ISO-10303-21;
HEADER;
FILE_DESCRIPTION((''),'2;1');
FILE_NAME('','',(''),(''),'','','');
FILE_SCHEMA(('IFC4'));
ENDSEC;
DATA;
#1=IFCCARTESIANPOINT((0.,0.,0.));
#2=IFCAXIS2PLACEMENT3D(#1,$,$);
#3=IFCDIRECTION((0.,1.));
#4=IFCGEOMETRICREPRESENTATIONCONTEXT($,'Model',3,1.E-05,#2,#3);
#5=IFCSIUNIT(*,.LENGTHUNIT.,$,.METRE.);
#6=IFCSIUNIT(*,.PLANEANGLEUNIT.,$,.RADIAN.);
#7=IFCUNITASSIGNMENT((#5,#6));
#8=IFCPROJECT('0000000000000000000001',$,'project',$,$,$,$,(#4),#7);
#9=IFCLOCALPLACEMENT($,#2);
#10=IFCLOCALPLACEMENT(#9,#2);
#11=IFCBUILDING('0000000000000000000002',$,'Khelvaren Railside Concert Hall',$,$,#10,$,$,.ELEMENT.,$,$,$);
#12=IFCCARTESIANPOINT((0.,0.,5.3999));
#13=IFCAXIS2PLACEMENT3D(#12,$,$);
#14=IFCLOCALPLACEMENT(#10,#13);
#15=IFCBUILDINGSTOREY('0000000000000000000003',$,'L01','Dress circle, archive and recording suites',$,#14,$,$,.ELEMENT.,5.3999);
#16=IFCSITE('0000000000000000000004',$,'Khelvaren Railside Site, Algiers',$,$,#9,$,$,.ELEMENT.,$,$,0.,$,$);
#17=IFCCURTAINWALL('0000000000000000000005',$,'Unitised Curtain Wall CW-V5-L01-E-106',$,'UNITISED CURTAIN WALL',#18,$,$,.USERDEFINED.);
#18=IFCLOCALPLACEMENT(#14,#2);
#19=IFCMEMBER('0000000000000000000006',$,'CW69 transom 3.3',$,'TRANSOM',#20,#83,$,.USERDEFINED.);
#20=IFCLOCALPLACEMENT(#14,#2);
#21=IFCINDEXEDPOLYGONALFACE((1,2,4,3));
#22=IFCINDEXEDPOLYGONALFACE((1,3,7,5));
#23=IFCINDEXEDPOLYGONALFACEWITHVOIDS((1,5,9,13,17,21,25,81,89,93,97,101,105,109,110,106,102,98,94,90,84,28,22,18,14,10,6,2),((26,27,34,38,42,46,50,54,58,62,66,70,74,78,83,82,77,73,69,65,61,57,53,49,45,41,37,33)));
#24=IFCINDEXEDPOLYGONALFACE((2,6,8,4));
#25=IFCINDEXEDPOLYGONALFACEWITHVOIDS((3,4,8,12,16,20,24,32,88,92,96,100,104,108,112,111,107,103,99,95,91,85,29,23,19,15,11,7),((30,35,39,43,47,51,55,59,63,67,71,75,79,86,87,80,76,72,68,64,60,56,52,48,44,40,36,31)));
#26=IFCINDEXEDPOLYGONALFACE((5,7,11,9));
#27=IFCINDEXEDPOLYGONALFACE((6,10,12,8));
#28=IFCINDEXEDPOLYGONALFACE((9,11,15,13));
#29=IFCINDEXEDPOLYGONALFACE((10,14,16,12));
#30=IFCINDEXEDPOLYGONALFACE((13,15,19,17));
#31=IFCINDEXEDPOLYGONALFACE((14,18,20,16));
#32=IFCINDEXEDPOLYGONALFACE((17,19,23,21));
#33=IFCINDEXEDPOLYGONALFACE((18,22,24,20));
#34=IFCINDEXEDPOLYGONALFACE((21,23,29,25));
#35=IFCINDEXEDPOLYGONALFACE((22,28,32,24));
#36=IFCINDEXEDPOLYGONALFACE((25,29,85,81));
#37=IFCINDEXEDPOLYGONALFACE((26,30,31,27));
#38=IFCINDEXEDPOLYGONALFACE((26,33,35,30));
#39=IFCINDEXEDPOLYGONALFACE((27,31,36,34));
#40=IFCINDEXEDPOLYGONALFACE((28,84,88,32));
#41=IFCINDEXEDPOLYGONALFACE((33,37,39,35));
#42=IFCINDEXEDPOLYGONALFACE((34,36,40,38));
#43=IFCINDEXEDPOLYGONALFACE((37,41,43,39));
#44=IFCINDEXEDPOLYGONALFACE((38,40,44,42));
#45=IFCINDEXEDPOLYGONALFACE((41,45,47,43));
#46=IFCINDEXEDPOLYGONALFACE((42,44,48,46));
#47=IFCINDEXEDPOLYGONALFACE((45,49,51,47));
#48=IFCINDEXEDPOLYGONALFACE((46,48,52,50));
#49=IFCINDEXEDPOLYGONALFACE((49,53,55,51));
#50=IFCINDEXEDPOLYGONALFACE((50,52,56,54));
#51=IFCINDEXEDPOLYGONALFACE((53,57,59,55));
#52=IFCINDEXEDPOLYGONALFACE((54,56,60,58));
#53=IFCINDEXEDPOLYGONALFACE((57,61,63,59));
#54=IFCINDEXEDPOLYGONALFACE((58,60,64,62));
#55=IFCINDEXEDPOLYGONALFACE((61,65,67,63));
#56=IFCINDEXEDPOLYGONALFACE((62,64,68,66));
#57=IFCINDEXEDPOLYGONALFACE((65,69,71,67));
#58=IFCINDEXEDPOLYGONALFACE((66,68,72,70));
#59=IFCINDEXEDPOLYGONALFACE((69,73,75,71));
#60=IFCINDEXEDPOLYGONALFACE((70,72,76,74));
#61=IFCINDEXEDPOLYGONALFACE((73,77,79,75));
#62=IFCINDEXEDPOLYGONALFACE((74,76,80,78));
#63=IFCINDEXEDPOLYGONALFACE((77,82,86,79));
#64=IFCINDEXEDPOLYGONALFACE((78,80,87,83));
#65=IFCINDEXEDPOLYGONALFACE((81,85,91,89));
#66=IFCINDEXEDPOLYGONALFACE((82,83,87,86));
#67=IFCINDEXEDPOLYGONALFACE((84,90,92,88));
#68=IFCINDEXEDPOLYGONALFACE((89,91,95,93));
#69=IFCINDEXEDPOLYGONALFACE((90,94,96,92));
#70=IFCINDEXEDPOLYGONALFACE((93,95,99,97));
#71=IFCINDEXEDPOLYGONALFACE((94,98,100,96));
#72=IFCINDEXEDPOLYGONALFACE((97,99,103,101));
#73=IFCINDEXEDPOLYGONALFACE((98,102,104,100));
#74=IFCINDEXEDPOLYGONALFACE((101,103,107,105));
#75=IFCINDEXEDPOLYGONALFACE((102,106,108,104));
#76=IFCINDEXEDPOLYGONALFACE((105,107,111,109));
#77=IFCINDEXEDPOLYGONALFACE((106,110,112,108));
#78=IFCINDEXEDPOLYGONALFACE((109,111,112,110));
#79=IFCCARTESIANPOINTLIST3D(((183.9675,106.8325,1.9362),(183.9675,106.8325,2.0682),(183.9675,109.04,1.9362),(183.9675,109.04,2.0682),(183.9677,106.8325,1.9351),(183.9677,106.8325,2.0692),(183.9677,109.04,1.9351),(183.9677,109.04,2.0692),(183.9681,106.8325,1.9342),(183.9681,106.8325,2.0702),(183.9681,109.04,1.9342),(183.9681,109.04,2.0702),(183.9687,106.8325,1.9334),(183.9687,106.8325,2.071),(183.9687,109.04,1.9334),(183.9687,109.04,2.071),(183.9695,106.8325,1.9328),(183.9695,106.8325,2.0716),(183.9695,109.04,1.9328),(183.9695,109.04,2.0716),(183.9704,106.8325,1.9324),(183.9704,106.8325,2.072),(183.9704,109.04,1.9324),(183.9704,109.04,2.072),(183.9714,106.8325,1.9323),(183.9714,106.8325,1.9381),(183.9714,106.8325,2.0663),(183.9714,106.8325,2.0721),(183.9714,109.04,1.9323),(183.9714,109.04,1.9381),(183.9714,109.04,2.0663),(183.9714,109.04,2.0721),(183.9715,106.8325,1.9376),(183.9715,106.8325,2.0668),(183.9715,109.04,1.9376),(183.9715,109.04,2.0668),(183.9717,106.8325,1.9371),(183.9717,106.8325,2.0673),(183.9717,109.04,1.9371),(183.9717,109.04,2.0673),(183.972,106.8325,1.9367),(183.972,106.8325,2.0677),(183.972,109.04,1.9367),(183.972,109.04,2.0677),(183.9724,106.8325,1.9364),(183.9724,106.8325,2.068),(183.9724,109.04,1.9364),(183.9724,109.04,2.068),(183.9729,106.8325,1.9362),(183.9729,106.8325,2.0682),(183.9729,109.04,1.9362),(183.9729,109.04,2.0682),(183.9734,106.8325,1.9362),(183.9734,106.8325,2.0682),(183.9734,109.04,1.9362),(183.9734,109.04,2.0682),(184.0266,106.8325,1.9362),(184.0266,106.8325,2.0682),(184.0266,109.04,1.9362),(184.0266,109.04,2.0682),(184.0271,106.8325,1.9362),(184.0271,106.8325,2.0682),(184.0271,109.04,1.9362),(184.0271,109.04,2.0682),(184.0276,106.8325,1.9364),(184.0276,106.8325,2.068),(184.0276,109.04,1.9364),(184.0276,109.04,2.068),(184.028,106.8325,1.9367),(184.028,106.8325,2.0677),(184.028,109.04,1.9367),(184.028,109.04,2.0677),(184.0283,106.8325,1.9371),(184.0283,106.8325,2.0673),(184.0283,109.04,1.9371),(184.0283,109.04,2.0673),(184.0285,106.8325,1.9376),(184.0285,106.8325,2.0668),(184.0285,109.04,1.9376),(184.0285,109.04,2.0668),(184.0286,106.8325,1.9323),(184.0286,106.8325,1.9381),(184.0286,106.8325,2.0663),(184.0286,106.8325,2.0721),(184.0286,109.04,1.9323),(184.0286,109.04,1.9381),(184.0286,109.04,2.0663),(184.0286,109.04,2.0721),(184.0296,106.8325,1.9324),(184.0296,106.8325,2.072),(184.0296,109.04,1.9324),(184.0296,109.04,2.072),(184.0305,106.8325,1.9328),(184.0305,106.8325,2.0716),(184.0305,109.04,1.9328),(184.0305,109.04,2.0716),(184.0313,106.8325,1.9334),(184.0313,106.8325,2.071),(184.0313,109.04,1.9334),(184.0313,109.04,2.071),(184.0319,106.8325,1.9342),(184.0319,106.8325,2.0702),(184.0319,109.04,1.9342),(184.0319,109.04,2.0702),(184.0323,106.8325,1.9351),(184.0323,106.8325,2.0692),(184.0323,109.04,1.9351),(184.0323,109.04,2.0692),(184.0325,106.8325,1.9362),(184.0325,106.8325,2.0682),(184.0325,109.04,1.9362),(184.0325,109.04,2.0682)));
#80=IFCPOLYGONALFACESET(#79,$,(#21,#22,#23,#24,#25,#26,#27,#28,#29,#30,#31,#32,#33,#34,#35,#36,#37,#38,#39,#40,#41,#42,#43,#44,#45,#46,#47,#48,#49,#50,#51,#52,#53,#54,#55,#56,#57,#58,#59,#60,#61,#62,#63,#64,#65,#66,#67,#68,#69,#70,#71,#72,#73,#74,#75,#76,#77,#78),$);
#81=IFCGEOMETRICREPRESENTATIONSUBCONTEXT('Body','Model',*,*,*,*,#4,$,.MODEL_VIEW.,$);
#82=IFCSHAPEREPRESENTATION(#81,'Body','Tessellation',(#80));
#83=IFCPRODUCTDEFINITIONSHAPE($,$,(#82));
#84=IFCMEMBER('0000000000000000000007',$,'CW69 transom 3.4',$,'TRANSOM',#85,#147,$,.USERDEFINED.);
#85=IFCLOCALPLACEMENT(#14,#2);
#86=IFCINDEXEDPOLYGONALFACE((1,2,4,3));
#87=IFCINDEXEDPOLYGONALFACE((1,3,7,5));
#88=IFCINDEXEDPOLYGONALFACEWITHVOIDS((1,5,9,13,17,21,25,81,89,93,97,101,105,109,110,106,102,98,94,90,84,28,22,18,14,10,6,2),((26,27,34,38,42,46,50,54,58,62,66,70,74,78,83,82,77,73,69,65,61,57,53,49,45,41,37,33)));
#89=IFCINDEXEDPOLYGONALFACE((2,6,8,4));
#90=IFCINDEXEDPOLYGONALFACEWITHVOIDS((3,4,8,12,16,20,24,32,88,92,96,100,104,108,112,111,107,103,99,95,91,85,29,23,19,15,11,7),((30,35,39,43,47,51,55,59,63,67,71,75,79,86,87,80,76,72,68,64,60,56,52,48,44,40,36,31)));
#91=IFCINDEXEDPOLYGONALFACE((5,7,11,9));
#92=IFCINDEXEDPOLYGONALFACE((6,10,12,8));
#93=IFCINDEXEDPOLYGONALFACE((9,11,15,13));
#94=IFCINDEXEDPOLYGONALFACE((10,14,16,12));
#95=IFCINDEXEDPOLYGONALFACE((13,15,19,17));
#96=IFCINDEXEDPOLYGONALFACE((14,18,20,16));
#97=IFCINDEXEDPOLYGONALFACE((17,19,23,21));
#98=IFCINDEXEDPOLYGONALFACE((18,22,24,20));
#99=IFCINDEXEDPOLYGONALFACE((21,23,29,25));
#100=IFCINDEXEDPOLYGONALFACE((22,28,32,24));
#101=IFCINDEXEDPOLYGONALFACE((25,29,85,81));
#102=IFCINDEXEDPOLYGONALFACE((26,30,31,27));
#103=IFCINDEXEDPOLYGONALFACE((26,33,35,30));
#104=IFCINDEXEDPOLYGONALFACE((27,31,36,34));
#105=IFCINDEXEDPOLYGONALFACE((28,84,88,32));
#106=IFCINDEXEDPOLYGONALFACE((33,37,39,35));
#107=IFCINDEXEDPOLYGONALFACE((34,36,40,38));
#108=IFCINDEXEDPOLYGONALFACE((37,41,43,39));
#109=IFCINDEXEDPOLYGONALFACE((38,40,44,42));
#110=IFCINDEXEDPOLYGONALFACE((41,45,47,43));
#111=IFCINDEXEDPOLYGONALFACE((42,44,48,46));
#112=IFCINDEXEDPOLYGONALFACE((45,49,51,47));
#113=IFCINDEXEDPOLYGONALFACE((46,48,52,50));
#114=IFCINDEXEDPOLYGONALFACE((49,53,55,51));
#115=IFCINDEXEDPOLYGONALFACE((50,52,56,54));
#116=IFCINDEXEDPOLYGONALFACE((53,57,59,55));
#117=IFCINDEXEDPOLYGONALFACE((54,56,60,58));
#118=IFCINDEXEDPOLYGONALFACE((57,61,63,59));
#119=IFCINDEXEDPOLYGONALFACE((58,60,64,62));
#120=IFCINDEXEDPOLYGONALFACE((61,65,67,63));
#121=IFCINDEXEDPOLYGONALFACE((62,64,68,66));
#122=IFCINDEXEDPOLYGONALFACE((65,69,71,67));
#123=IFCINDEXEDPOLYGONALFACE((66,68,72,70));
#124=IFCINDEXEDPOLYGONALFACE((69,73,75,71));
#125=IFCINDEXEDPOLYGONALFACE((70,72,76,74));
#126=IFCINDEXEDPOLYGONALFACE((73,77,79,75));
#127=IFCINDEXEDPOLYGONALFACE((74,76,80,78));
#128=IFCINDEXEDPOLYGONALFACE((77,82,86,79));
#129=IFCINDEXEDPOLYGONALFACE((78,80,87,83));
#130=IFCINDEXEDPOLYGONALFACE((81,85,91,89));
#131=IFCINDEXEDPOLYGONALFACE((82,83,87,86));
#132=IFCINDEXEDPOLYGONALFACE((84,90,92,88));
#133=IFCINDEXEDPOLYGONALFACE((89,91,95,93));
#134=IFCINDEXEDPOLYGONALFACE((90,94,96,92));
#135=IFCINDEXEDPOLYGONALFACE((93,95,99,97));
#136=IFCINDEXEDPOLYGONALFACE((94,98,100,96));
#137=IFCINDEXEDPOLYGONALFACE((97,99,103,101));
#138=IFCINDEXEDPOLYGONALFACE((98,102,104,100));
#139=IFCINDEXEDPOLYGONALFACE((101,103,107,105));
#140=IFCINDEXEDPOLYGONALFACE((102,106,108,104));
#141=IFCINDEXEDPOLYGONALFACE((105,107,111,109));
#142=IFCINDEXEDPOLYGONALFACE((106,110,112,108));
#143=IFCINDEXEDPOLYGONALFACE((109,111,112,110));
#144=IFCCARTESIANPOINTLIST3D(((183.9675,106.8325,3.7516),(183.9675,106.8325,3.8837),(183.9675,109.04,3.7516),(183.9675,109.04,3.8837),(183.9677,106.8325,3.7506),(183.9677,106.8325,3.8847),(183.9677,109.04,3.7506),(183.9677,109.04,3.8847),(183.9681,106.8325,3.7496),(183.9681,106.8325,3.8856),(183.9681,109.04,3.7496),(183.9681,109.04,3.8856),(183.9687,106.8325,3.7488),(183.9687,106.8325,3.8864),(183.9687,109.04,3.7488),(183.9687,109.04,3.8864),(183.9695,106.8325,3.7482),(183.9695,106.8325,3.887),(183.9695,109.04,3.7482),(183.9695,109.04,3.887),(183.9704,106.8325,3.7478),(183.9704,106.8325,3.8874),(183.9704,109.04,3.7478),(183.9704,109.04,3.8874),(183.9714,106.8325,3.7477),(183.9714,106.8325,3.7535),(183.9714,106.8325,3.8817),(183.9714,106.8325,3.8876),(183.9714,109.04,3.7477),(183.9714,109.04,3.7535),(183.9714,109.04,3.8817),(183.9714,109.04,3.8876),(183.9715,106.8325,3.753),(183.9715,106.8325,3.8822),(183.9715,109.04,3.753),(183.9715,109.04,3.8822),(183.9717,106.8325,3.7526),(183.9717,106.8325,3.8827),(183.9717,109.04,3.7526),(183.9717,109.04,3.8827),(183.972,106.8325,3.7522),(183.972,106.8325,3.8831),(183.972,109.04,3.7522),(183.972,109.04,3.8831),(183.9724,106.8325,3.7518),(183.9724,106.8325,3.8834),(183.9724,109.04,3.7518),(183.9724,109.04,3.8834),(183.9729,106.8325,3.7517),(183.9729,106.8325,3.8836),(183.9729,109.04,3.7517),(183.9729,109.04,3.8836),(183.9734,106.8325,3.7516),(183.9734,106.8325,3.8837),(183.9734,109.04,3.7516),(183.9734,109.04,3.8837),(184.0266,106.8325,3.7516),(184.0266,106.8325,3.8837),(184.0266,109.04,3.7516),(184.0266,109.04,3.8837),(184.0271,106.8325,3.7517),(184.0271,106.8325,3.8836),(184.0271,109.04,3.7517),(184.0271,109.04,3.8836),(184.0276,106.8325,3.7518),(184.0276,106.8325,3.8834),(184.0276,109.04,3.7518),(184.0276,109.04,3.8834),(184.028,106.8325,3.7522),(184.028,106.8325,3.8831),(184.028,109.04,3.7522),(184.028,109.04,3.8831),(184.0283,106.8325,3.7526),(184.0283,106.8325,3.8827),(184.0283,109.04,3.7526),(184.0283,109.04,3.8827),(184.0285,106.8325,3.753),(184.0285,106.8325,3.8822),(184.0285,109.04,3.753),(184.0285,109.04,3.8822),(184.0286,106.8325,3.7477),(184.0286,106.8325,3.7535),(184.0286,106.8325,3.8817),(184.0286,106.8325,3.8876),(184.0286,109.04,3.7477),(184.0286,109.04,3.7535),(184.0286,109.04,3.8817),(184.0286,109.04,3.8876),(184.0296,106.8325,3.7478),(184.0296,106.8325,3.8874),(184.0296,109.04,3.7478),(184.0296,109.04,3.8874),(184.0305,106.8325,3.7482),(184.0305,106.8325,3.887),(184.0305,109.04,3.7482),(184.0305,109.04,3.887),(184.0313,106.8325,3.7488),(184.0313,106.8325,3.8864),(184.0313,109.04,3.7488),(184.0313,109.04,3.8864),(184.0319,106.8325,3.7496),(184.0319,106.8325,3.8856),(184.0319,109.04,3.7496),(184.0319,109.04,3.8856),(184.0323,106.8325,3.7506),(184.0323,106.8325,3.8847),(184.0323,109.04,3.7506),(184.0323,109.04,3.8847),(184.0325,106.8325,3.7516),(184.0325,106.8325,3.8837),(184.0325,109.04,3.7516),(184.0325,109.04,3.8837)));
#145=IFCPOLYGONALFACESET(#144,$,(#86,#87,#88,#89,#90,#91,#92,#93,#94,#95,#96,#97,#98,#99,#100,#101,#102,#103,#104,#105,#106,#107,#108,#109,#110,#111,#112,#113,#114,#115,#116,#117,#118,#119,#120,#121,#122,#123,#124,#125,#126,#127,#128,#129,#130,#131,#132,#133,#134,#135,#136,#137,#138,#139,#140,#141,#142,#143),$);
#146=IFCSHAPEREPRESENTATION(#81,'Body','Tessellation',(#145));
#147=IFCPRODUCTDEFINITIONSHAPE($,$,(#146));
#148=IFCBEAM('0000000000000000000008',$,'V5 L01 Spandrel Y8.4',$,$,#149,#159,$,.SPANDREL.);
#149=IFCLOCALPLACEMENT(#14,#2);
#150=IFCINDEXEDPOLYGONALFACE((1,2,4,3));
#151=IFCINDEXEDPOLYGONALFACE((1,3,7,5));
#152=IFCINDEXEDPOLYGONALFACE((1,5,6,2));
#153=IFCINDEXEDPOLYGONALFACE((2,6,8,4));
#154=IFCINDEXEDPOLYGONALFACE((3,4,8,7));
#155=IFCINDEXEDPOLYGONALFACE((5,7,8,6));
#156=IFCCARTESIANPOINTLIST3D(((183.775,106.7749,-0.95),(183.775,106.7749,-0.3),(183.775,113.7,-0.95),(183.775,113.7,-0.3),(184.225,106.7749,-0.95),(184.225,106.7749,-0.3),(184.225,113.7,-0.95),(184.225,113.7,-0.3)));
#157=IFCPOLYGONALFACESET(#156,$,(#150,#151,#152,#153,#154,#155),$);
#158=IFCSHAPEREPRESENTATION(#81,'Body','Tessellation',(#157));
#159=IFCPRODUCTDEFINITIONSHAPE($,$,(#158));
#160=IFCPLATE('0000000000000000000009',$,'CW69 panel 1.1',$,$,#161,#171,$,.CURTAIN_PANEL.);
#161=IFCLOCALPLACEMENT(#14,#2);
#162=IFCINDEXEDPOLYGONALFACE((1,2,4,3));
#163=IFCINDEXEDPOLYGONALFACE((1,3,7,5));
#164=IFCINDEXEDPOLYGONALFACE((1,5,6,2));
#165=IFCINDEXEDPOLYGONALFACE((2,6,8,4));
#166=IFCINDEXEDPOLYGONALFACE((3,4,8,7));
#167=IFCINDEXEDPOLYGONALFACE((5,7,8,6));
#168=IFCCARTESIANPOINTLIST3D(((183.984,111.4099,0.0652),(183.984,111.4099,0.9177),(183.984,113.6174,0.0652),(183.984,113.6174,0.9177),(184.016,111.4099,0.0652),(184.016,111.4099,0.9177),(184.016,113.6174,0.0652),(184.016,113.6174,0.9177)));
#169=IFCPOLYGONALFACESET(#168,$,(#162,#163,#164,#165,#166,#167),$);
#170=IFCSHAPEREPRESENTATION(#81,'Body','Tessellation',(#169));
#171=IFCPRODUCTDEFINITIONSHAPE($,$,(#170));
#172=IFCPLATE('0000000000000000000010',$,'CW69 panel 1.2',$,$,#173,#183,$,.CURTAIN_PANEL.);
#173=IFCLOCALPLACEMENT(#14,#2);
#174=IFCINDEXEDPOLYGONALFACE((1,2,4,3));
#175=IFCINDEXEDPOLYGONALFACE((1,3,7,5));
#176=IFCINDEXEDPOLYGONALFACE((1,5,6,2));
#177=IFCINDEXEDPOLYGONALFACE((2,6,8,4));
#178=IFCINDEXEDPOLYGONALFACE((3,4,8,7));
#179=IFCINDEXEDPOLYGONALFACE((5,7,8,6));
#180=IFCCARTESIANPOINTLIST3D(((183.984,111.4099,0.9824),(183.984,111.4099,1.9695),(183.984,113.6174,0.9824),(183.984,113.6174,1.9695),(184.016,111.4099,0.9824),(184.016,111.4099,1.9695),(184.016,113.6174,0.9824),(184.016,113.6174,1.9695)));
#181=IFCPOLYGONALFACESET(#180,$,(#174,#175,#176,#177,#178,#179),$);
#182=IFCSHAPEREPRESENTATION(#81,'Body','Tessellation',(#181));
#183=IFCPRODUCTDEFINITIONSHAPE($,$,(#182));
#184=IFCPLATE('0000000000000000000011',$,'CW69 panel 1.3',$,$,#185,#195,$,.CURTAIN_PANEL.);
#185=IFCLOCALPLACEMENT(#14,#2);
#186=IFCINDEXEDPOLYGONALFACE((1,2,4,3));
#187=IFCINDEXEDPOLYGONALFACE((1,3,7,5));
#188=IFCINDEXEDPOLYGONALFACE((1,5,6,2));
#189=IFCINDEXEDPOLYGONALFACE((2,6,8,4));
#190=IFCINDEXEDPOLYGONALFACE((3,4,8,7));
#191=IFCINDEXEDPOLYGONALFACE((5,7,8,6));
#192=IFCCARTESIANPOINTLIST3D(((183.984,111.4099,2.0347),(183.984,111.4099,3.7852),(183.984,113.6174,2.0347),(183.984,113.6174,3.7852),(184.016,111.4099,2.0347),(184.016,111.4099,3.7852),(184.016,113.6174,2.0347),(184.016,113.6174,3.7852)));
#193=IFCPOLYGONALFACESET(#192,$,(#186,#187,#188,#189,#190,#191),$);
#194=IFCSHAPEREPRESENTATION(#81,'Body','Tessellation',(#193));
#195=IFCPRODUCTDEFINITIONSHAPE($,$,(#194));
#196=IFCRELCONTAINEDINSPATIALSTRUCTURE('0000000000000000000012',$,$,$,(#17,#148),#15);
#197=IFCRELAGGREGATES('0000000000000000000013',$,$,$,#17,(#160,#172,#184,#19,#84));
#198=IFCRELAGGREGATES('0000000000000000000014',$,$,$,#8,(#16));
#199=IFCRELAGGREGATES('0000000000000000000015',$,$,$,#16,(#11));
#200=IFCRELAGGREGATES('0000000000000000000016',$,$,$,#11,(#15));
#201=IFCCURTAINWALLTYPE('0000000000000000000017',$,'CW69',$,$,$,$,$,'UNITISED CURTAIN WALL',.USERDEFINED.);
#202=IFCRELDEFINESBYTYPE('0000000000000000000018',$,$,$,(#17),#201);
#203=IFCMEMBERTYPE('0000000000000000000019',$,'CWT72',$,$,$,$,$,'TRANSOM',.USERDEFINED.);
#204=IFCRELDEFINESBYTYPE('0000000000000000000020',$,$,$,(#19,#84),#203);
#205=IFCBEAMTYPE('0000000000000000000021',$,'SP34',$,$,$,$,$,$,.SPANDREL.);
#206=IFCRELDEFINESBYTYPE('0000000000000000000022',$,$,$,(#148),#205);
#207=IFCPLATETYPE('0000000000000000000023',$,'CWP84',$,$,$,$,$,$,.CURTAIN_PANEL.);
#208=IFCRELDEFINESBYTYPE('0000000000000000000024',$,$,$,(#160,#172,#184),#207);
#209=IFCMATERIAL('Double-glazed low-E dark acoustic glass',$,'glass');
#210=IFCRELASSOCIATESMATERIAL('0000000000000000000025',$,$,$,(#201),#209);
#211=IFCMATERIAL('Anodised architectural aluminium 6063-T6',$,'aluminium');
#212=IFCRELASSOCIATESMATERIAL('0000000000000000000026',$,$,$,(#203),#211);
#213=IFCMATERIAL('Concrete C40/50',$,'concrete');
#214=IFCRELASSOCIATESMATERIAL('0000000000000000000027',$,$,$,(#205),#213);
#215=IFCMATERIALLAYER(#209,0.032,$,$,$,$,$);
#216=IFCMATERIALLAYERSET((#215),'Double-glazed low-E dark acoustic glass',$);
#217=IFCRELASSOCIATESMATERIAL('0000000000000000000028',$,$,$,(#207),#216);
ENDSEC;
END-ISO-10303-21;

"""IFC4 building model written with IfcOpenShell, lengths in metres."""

from ifc_helpers import new_model, si_unit, direction, frame, origin, origin_2d, place, context, subcontext, project, spatial, rectangle, hollow_rectangle, extrude, material, layer, layer_set, material_profile, profile_set, type_object, element, aggregate, save


model = new_model("IFC4")

# Units and contexts
model_context = context("Model", 3, precision=1e-05, world=origin(), true_north=direction((0.0, 1.0)))
body_context = subcontext(model_context, "Body", "Model", "MODEL_VIEW")
ifc_project = project(units=[si_unit("LENGTHUNIT", "METRE"), si_unit("PLANEANGLEUNIT", "RADIAN")], contexts=[model_context])

# Site, building, storey
site_placement = place(None, origin())
site = spatial("IfcSite", under=ifc_project, at=site_placement, Name="Khelvaren Railside Site, Algiers", CompositionType="ELEMENT", RefElevation=0.0)
building_placement = place(site_placement, origin())
building = spatial("IfcBuilding", under=site, at=building_placement, Name="Khelvaren Railside Concert Hall", CompositionType="ELEMENT")
storey_placement = place(building_placement, frame((0.0, 0.0, 5.3999)))
storey = spatial("IfcBuildingStorey", under=building, at=storey_placement, Name="L01", Description="Dress circle, archive and recording suites", CompositionType="ELEMENT", Elevation=5.3999)

# Curtain wall, members
ifc_material_1 = material(Name="Double-glazed low-E dark acoustic glass", Category="glass")
curtain_wall_type = type_object("IfcCurtainWallType", Name="CW69", ElementType="UNITISED CURTAIN WALL", PredefinedType="USERDEFINED", material=ifc_material_1)
curtain_wall_placement = place(storey_placement, origin())
curtain_wall = element("IfcCurtainWall", 1, at=curtain_wall_placement, inside=storey, type_object=curtain_wall_type, Name="Unitised Curtain Wall CW-V5-L01-E-106", ObjectType="UNITISED CURTAIN WALL", PredefinedType="USERDEFINED")
ifc_material_2 = material(Name="Anodised architectural aluminium 6063-T6", Category="aluminium")
ifc_material_profile_1 = material_profile(ifc_material_2, hollow_rectangle(XDim=0.0649, YDim=0.1399, WallThickness=0.0039, InnerFilletRadius=0.002, OuterFilletRadius=0.0039, at=origin_2d()), Name="CWT 65x140x4")
ifc_profile_set_1 = profile_set([ifc_material_profile_1], Name="Anodised architectural aluminium 6063-T6")
member_type_1 = type_object("IfcMemberType", Name="CWT72", ElementType="TRANSOM", PredefinedType="USERDEFINED", material=ifc_profile_set_1)
member_1_placement = place(storey_placement, frame((184.0, 109.04, 2.0022), z_axis=(0.0, -1.0, 0.0), x_axis=(1.0, 0.0, 0.0)))
member_1 = element("IfcMember", 2, at=member_1_placement, type_object=member_type_1, Name="CW69 transom 3.3", ObjectType="TRANSOM", PredefinedType="USERDEFINED", context=body_context, shape_type="SweptSolid", body=[
    extrude(hollow_rectangle(XDim=0.0649, YDim=0.1399, WallThickness=0.0039, InnerFilletRadius=0.002, OuterFilletRadius=0.0039, at=origin_2d()), origin(), (0.0, 0.0, 1.0), 2.2075),
])
member_2_placement = place(storey_placement, frame((184.0, 109.04, 3.8176), z_axis=(0.0, -1.0, 0.0), x_axis=(1.0, 0.0, 0.0)))
member_2 = element("IfcMember", 3, at=member_2_placement, type_object=member_type_1, Name="CW69 transom 3.4", ObjectType="TRANSOM", PredefinedType="USERDEFINED", context=body_context, shape_type="SweptSolid", body=[
    extrude(hollow_rectangle(XDim=0.0649, YDim=0.1399, WallThickness=0.0039, InnerFilletRadius=0.002, OuterFilletRadius=0.0039, at=origin_2d()), origin(), (0.0, 0.0, 1.0), 2.2075),
])

# Beam
ifc_material_3 = material(Name="Concrete C40/50", Category="concrete")
ifc_material_profile_2 = material_profile(ifc_material_3, rectangle(XDim=0.45, YDim=0.6499, at=origin_2d()), Name="RCB 450x650")
ifc_profile_set_2 = profile_set([ifc_material_profile_2], Name="Concrete C40/50")
beam_type = type_object("IfcBeamType", Name="SP34", PredefinedType="SPANDREL", material=ifc_profile_set_2)
beam_placement = place(storey_placement, frame((184.0, 106.7749, -0.625), z_axis=(0.0, 1.0, 0.0), x_axis=(-1.0, 0.0, 0.0)))
element("IfcBeam", 4, at=beam_placement, inside=storey, type_object=beam_type, Name="V5 L01 Spandrel Y8.4", PredefinedType="SPANDREL", context=body_context, shape_type="SweptSolid", body=[
    extrude(rectangle(XDim=0.45, YDim=0.6499, at=origin_2d()), origin(), (0.0, 0.0, 1.0), 6.925),
])

# Plates
ifc_layer = layer(ifc_material_1, 0.032)
ifc_layer_set = layer_set([ifc_layer], Name="Double-glazed low-E dark acoustic glass")
plate_type = type_object("IfcPlateType", Name="CWP84", PredefinedType="CURTAIN_PANEL", material=ifc_layer_set)
plate_1_placement = place(storey_placement, frame((184.0, 112.5137, 0.0652), z_axis=(0.0, 0.0, 1.0), x_axis=(0.0, -1.0, 0.0)))
plate_1 = element("IfcPlate", 5, at=plate_1_placement, type_object=plate_type, Name="CW69 panel 1.1", PredefinedType="CURTAIN_PANEL", context=body_context, shape_type="SweptSolid", body=[
    extrude(rectangle(XDim=2.2075, YDim=0.032, at=origin_2d()), origin(), (0.0, 0.0, 1.0), 0.8525),
])
plate_2_placement = place(storey_placement, frame((184.0, 112.5137, 0.9824), z_axis=(0.0, 0.0, 1.0), x_axis=(0.0, -1.0, 0.0)))
plate_2 = element("IfcPlate", 6, at=plate_2_placement, type_object=plate_type, Name="CW69 panel 1.2", PredefinedType="CURTAIN_PANEL", context=body_context, shape_type="SweptSolid", body=[
    extrude(rectangle(XDim=2.2075, YDim=0.032, at=origin_2d()), origin(), (0.0, 0.0, 1.0), 0.9871),
])
plate_3_placement = place(storey_placement, frame((184.0, 112.5137, 2.0347), z_axis=(0.0, 0.0, 1.0), x_axis=(0.0, -1.0, 0.0)))
plate_3 = element("IfcPlate", 7, at=plate_3_placement, type_object=plate_type, Name="CW69 panel 1.3", PredefinedType="CURTAIN_PANEL", context=body_context, shape_type="SweptSolid", body=[
    extrude(rectangle(XDim=2.2075, YDim=0.032, at=origin_2d()), origin(), (0.0, 0.0, 1.0), 1.7505),
])
aggregate(curtain_wall, [plate_1, plate_2, plate_3, member_1, member_2])

save(model, "model.ifc")
